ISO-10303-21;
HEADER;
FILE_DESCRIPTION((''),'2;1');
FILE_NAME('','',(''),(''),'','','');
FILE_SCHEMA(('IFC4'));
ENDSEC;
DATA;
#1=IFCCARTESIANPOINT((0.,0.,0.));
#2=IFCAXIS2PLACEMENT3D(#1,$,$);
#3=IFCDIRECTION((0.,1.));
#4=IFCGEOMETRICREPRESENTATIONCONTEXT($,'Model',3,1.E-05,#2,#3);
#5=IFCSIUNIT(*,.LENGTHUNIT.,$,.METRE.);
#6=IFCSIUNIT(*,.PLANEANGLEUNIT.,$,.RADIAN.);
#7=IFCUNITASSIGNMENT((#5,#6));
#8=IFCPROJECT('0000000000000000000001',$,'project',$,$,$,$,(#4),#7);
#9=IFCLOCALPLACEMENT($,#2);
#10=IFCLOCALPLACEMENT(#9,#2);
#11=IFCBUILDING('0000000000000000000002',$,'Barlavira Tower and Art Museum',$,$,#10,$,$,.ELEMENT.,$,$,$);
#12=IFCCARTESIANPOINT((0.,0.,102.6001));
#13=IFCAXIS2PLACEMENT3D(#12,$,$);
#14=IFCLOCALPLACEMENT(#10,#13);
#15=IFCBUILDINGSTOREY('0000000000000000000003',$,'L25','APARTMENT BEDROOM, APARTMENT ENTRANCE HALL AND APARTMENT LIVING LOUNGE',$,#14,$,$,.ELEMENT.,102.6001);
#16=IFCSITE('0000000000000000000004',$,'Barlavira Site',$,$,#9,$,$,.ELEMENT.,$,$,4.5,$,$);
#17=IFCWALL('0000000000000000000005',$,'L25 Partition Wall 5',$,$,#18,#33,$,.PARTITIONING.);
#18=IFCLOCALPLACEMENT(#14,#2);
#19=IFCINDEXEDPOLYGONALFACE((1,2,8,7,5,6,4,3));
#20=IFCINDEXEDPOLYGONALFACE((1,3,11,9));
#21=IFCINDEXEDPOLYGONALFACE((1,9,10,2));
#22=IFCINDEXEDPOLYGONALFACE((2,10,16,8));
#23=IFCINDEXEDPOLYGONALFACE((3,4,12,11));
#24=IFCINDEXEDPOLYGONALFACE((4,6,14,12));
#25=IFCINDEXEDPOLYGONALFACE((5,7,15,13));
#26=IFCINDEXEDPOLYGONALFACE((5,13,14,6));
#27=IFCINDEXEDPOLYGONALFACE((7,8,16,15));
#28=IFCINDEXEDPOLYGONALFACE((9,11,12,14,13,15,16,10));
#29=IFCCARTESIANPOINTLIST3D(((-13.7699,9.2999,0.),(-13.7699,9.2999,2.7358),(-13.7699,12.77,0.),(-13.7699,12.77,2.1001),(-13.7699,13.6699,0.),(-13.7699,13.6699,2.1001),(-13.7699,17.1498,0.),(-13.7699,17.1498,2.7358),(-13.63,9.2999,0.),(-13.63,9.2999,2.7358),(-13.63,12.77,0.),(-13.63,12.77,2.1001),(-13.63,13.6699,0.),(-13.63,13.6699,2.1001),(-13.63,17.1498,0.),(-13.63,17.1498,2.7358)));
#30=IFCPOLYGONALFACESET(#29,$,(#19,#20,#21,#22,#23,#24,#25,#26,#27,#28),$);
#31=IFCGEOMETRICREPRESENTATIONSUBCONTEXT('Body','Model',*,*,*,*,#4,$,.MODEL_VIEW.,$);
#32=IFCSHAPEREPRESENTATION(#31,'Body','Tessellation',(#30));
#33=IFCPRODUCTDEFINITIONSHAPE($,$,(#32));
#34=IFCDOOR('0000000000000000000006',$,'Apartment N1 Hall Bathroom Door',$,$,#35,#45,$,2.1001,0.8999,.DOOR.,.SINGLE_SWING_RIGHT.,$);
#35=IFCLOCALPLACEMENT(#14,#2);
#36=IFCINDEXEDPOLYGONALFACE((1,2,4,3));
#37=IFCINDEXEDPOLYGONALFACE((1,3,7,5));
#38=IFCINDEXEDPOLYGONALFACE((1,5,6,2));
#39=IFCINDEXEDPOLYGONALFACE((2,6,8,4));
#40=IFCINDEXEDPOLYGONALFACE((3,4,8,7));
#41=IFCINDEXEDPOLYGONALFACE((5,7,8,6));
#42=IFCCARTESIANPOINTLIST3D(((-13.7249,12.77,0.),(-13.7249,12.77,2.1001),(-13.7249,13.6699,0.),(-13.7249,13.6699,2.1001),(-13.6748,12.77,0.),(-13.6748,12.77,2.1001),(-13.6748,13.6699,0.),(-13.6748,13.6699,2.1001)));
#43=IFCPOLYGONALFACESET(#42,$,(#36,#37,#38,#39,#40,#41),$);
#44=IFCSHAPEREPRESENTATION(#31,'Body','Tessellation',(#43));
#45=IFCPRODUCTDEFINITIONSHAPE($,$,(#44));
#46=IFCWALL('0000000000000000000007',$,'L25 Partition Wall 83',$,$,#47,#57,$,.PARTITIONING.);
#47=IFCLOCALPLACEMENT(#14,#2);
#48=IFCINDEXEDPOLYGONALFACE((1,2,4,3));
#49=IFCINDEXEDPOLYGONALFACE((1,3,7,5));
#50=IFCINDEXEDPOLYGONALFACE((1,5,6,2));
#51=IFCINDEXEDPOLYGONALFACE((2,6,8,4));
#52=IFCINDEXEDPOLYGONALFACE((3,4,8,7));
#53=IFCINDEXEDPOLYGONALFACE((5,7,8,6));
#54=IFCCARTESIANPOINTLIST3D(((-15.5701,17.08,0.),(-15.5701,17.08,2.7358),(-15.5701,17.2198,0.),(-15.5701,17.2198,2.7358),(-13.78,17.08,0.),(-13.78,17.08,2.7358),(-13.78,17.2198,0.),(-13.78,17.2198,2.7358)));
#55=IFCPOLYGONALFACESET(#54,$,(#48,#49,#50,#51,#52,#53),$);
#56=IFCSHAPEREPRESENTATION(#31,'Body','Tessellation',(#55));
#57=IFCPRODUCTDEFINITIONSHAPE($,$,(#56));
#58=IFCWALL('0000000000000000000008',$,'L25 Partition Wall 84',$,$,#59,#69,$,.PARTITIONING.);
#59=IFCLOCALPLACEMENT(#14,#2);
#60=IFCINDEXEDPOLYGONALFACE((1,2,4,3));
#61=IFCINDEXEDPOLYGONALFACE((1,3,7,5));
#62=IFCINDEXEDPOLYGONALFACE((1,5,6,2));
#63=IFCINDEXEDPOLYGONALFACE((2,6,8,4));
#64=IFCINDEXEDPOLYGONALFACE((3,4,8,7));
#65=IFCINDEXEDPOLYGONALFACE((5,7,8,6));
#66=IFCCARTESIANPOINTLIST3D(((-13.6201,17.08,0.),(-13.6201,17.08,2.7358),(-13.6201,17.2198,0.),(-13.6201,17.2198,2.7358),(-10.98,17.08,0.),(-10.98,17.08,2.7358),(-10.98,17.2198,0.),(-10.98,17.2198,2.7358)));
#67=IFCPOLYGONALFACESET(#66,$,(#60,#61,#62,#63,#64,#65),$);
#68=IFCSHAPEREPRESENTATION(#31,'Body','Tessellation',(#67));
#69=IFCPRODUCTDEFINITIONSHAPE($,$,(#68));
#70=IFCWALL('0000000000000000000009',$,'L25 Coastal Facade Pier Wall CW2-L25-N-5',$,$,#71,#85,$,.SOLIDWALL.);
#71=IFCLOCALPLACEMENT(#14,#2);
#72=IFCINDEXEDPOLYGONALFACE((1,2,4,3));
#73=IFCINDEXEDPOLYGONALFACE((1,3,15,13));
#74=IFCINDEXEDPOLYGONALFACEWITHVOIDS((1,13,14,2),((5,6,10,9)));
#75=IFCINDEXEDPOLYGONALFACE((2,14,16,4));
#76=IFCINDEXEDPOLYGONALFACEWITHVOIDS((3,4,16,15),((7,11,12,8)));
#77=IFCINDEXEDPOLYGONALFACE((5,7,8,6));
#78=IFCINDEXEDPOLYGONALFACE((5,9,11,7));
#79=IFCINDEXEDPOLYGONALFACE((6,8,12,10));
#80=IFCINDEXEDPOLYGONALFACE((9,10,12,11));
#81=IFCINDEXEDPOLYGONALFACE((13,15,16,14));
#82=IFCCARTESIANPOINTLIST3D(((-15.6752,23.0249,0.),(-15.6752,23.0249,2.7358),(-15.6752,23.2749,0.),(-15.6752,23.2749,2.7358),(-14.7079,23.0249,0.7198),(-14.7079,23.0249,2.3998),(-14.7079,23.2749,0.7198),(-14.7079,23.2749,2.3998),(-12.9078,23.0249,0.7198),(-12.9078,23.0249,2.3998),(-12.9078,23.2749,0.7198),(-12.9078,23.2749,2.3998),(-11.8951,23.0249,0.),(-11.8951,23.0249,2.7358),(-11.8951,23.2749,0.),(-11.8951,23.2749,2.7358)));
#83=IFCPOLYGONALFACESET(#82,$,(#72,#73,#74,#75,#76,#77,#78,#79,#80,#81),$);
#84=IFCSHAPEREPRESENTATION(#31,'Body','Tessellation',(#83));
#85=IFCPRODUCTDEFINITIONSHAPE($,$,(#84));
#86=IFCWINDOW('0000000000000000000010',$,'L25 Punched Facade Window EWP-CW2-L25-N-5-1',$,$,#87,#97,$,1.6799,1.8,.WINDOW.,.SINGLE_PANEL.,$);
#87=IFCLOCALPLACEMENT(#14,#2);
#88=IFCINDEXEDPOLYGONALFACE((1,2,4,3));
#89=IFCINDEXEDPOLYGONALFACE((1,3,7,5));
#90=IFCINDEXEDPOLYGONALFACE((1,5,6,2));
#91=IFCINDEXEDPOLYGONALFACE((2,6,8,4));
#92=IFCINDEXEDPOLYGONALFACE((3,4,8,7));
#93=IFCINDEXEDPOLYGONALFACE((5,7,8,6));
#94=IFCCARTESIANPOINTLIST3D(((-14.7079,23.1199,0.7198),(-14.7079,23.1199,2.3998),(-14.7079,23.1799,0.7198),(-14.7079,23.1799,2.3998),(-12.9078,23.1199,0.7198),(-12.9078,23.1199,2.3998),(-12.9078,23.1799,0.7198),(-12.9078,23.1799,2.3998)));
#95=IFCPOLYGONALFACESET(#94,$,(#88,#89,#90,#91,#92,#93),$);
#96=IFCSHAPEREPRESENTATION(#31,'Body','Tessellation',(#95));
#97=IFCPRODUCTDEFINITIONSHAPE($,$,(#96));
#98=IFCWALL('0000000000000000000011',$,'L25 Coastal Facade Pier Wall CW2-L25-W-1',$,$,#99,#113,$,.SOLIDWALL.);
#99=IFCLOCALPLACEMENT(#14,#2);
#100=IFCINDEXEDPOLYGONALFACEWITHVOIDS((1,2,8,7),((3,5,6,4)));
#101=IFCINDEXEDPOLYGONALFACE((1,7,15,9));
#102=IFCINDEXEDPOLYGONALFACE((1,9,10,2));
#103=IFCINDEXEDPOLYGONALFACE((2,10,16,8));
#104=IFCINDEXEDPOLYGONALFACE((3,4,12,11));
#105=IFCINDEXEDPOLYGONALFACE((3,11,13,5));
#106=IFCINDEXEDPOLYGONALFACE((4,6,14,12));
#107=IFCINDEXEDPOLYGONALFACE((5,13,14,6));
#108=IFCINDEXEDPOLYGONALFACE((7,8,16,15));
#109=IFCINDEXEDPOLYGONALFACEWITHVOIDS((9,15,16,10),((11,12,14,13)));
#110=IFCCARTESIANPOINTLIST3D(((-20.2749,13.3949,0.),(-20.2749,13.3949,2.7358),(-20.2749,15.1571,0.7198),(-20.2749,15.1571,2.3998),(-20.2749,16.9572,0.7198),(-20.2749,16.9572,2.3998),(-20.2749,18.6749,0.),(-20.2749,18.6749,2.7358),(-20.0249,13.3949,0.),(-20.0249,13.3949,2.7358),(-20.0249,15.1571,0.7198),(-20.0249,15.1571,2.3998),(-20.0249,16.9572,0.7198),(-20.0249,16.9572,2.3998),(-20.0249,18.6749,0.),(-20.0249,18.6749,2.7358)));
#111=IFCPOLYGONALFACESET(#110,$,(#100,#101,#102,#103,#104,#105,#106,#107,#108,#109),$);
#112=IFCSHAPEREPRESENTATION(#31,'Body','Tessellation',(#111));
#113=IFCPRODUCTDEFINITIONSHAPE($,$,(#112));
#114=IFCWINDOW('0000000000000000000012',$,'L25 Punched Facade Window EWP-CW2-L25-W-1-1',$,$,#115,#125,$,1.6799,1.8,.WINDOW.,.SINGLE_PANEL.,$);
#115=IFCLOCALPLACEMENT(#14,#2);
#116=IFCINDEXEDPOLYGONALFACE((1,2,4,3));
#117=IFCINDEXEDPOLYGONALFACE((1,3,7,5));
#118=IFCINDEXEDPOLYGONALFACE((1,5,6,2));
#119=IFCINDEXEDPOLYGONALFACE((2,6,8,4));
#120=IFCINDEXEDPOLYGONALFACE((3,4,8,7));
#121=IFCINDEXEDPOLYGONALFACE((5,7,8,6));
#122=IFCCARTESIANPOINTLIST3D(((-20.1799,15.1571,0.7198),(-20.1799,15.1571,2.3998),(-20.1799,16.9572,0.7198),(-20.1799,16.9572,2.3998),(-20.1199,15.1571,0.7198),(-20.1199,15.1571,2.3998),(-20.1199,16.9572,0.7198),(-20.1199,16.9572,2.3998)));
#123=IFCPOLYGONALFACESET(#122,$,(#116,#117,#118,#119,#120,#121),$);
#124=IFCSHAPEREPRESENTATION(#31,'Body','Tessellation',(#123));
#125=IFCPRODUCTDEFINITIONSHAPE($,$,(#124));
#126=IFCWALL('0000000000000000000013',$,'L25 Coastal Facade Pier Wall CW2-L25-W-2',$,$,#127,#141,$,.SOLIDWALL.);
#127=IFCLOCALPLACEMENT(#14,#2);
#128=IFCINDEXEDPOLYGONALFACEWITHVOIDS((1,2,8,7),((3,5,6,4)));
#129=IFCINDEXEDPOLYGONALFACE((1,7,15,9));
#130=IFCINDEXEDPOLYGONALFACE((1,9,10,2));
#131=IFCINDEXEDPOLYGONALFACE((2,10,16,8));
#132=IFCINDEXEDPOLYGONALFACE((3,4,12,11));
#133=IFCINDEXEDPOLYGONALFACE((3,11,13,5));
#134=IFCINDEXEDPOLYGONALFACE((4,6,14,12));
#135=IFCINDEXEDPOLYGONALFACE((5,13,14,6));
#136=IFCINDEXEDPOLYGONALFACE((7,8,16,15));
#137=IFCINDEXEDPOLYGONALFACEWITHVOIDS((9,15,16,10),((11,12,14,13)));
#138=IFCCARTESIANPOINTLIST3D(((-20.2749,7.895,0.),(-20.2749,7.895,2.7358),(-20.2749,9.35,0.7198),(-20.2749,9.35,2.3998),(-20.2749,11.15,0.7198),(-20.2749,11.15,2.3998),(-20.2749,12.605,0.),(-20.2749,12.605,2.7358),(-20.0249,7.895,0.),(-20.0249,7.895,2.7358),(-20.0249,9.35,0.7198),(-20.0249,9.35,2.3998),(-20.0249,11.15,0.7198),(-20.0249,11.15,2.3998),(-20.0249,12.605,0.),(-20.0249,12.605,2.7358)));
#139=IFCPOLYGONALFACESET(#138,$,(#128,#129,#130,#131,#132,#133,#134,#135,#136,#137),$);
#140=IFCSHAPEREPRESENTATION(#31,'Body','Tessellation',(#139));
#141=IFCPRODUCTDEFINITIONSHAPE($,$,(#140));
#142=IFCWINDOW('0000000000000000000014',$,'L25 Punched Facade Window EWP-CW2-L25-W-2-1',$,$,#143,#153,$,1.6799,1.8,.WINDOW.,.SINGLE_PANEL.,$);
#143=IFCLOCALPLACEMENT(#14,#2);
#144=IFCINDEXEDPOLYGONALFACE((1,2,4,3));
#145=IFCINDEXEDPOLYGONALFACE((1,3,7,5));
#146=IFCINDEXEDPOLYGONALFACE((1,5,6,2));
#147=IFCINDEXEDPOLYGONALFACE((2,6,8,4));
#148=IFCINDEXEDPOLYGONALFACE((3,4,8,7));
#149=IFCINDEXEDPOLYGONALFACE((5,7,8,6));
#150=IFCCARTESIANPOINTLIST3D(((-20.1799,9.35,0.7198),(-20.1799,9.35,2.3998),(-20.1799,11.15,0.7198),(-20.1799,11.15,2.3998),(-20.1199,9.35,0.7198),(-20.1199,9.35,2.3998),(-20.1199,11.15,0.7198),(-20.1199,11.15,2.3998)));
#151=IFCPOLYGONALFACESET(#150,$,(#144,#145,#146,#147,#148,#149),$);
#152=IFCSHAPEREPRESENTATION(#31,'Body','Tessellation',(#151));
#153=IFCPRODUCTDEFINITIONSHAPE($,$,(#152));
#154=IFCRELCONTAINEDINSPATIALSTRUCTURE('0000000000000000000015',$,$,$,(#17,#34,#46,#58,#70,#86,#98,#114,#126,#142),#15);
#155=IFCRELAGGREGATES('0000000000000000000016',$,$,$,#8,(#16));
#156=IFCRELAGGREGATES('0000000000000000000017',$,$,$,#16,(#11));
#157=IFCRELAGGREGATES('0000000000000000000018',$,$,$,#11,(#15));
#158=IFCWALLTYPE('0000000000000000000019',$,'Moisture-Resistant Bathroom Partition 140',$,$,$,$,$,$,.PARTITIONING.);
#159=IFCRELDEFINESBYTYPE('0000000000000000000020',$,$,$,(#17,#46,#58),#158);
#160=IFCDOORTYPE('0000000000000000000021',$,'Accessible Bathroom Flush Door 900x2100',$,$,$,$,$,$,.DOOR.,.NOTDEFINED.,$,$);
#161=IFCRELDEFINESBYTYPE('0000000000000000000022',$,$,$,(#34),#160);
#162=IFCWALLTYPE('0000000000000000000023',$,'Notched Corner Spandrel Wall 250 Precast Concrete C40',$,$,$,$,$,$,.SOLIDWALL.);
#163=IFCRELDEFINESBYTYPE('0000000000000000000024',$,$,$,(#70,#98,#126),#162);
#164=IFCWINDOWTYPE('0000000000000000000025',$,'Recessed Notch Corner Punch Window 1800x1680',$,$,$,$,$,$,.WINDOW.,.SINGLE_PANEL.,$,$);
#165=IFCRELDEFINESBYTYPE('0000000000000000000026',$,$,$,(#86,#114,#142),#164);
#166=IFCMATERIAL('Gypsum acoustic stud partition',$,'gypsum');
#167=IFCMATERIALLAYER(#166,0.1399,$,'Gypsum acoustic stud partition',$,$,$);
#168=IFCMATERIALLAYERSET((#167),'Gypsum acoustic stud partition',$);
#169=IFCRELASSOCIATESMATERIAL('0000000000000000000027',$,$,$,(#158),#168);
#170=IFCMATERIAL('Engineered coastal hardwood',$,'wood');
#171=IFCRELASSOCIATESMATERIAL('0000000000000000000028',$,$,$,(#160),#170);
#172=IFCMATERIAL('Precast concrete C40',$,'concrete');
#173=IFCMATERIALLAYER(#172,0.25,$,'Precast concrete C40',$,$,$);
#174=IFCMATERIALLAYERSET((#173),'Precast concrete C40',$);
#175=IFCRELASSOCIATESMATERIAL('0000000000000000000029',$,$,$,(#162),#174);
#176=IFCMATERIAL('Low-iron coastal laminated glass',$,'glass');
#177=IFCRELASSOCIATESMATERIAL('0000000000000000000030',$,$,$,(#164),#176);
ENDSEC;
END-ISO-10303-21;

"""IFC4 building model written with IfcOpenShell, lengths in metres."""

from ifc_helpers import new_model, si_unit, direction, frame, frame_2d, origin, place, context, subcontext, project, spatial, rectangle, extrude, material, layer, layer_set, type_object, element, fill, save


model = new_model("IFC4")

# Units and contexts
model_context = context("Model", 3, precision=1e-05, world=origin(), true_north=direction((0.0, 1.0)))
body_context = subcontext(model_context, "Body", "Model", "MODEL_VIEW")
ifc_project = project(units=[si_unit("LENGTHUNIT", "METRE"), si_unit("PLANEANGLEUNIT", "RADIAN")], contexts=[model_context])

# Site, building, storey
site_placement = place(None, origin())
site = spatial("IfcSite", under=ifc_project, at=site_placement, Name="Barlavira Site", CompositionType="ELEMENT", RefElevation=4.5)
building_placement = place(site_placement, origin())
building = spatial("IfcBuilding", under=site, at=building_placement, Name="Barlavira Tower and Art Museum", CompositionType="ELEMENT")
storey_placement = place(building_placement, frame((0.0, 0.0, 102.6001)))
storey = spatial("IfcBuildingStorey", under=building, at=storey_placement, Name="L25", Description="APARTMENT BEDROOM, APARTMENT ENTRANCE HALL AND APARTMENT LIVING LOUNGE", CompositionType="ELEMENT", Elevation=102.6001)

# Shared definitions
ifc_material_1 = material(Name="Gypsum acoustic stud partition", Category="gypsum")

# Wall, opening, door
ifc_layer_1 = layer(ifc_material_1, 0.1399, Name="Gypsum acoustic stud partition")
ifc_layer_set_1 = layer_set([ifc_layer_1], Name="Gypsum acoustic stud partition")
wall_type_1 = type_object("IfcWallType", Name="Moisture-Resistant Bathroom Partition 140", PredefinedType="PARTITIONING", material=ifc_layer_set_1)
wall_1_placement = place(storey_placement, frame((-13.7, 9.3, 0.0), z_axis=(0.0, 0.0, 1.0), x_axis=(0.0, 1.0, 0.0)))
wall_1 = element("IfcWall", 1, at=wall_1_placement, inside=storey, type_object=wall_type_1, Name="L25 Partition Wall 5", PredefinedType="PARTITIONING", context=body_context, shape_type="SweptSolid", body=[
    extrude(rectangle(XDim=7.8499, YDim=0.1399, at=frame_2d((3.9248, 0.0))), origin(), (0.0, 0.0, 1.0), 2.7358),
])
opening_1_placement = place(wall_1_placement, frame((3.47, 0.0, 0.0)))
opening_1 = element("IfcOpeningElement", 2, at=opening_1_placement, cuts=wall_1, PredefinedType="OPENING", context=body_context, shape_type="SweptSolid", body=[
    extrude(rectangle(XDim=0.8999, YDim=2.1001, at=frame_2d((0.45, 1.05))), frame((0.0, 0.0801, 0.0), z_axis=(0.0, -1.0, 0.0), x_axis=(1.0, 0.0, 0.0)), (0.0, 0.0, 1.0), 0.1599),
])
ifc_material_2 = material(Name="Engineered coastal hardwood", Category="wood")
door_type = type_object("IfcDoorType", Name="Accessible Bathroom Flush Door 900x2100", OperationType="NOTDEFINED", PredefinedType="DOOR", material=ifc_material_2)
door_placement = place(opening_1_placement, origin())
door = element("IfcDoor", 3, at=door_placement, inside=storey, type_object=door_type, Name="Apartment N1 Hall Bathroom Door", OperationType="SINGLE_SWING_RIGHT", OverallHeight=2.1001, OverallWidth=0.8999, PredefinedType="DOOR", context=body_context, shape_type="SweptSolid", body=[
    extrude(rectangle(XDim=0.8999, YDim=2.1001, at=frame_2d((0.45, 1.05))), frame((0.0, 0.0249, 0.0), z_axis=(0.0, -1.0, 0.0), x_axis=(1.0, 0.0, 0.0)), (0.0, 0.0, 1.0), 0.05),
])
fill(opening_1, door)

# Walls
wall_2_placement = place(storey_placement, frame((-15.5701, 17.1499, 0.0), z_axis=(0.0, 0.0, 1.0), x_axis=(1.0, 0.0, 0.0)))
element("IfcWall", 4, at=wall_2_placement, inside=storey, type_object=wall_type_1, Name="L25 Partition Wall 83", PredefinedType="PARTITIONING", context=body_context, shape_type="SweptSolid", body=[
    extrude(rectangle(XDim=1.79, YDim=0.1399, at=frame_2d((0.895, 0.0))), origin(), (0.0, 0.0, 1.0), 2.7358),
])
wall_3_placement = place(storey_placement, frame((-13.6201, 17.1499, 0.0), z_axis=(0.0, 0.0, 1.0), x_axis=(1.0, 0.0, 0.0)))
element("IfcWall", 5, at=wall_3_placement, inside=storey, type_object=wall_type_1, Name="L25 Partition Wall 84", PredefinedType="PARTITIONING", context=body_context, shape_type="SweptSolid", body=[
    extrude(rectangle(XDim=2.6401, YDim=0.1399, at=frame_2d((1.3201, 0.0))), origin(), (0.0, 0.0, 1.0), 2.7358),
])

# Walls, openings, windows
ifc_material_3 = material(Name="Precast concrete C40", Category="concrete")
ifc_layer_2 = layer(ifc_material_3, 0.25, Name="Precast concrete C40")
ifc_layer_set_2 = layer_set([ifc_layer_2], Name="Precast concrete C40")
wall_type_2 = type_object("IfcWallType", Name="Notched Corner Spandrel Wall 250 Precast Concrete C40", PredefinedType="SOLIDWALL", material=ifc_layer_set_2)
wall_4_placement = place(storey_placement, frame((-11.895, 23.1499, 0.0), z_axis=(0.0, 0.0, 1.0), x_axis=(-1.0, 0.0, 0.0)))
wall_4 = element("IfcWall", 6, at=wall_4_placement, inside=storey, type_object=wall_type_2, Name="L25 Coastal Facade Pier Wall CW2-L25-N-5", PredefinedType="SOLIDWALL", context=body_context, shape_type="SweptSolid", body=[
    extrude(rectangle(XDim=3.78, YDim=0.25, at=frame_2d((1.8901, 0.0))), origin(), (0.0, 0.0, 1.0), 2.7358),
])
opening_2_placement = place(wall_4_placement, frame((1.0129, 0.0, 0.72)))
opening_2 = element("IfcOpeningElement", 7, at=opening_2_placement, cuts=wall_4, PredefinedType="OPENING", context=body_context, shape_type="SweptSolid", body=[
    extrude(rectangle(XDim=1.8, YDim=1.6799, at=frame_2d((0.8999, 0.8398))), frame((0.0, 0.135, 0.0), z_axis=(0.0, -1.0, 0.0), x_axis=(1.0, 0.0, 0.0)), (0.0, 0.0, 1.0), 0.27),
])
ifc_material_4 = material(Name="Low-iron coastal laminated glass", Category="glass")
window_type = type_object("IfcWindowType", Name="Recessed Notch Corner Punch Window 1800x1680", PartitioningType="SINGLE_PANEL", PredefinedType="WINDOW", material=ifc_material_4)
window_1_placement = place(opening_2_placement, origin())
window_1 = element("IfcWindow", 8, at=window_1_placement, inside=storey, type_object=window_type, Name="L25 Punched Facade Window EWP-CW2-L25-N-5-1", OverallHeight=1.6799, OverallWidth=1.8, PartitioningType="SINGLE_PANEL", PredefinedType="WINDOW", context=body_context, shape_type="SweptSolid", body=[
    extrude(rectangle(XDim=1.8, YDim=1.6799, at=frame_2d((0.8999, 0.8398))), frame((0.0, 0.03, 0.0), z_axis=(0.0, -1.0, 0.0), x_axis=(1.0, 0.0, 0.0)), (0.0, 0.0, 1.0), 0.0601),
])
fill(opening_2, window_1)
wall_5_placement = place(storey_placement, frame((-20.1499, 18.675, 0.0), z_axis=(0.0, 0.0, 1.0), x_axis=(0.0, -1.0, 0.0)))
wall_5 = element("IfcWall", 9, at=wall_5_placement, inside=storey, type_object=wall_type_2, Name="L25 Coastal Facade Pier Wall CW2-L25-W-1", PredefinedType="SOLIDWALL", context=body_context, shape_type="SweptSolid", body=[
    extrude(rectangle(XDim=5.28, YDim=0.25, at=frame_2d((2.6401, 0.0))), origin(), (0.0, 0.0, 1.0), 2.7358),
])
opening_3_placement = place(wall_5_placement, frame((1.718, 0.0, 0.72)))
opening_3 = element("IfcOpeningElement", 10, at=opening_3_placement, cuts=wall_5, PredefinedType="OPENING", context=body_context, shape_type="SweptSolid", body=[
    extrude(rectangle(XDim=1.8, YDim=1.6799, at=frame_2d((0.8999, 0.8398))), frame((0.0, 0.135, 0.0), z_axis=(0.0, -1.0, 0.0), x_axis=(1.0, 0.0, 0.0)), (0.0, 0.0, 1.0), 0.27),
])
window_2_placement = place(opening_3_placement, origin())
window_2 = element("IfcWindow", 11, at=window_2_placement, inside=storey, type_object=window_type, Name="L25 Punched Facade Window EWP-CW2-L25-W-1-1", OverallHeight=1.6799, OverallWidth=1.8, PartitioningType="SINGLE_PANEL", PredefinedType="WINDOW", context=body_context, shape_type="SweptSolid", body=[
    extrude(rectangle(XDim=1.8, YDim=1.6799, at=frame_2d((0.8999, 0.8398))), frame((0.0, 0.03, 0.0), z_axis=(0.0, -1.0, 0.0), x_axis=(1.0, 0.0, 0.0)), (0.0, 0.0, 1.0), 0.0601),
])
fill(opening_3, window_2)
wall_6_placement = place(storey_placement, frame((-20.1499, 12.605, 0.0), z_axis=(0.0, 0.0, 1.0), x_axis=(0.0, -1.0, 0.0)))
wall_6 = element("IfcWall", 12, at=wall_6_placement, inside=storey, type_object=wall_type_2, Name="L25 Coastal Facade Pier Wall CW2-L25-W-2", PredefinedType="SOLIDWALL", context=body_context, shape_type="SweptSolid", body=[
    extrude(rectangle(XDim=4.71, YDim=0.25, at=frame_2d((2.355, 0.0))), origin(), (0.0, 0.0, 1.0), 2.7358),
])
opening_4_placement = place(wall_6_placement, frame((1.4551, 0.0, 0.72)))
opening_4 = element("IfcOpeningElement", 13, at=opening_4_placement, cuts=wall_6, PredefinedType="OPENING", context=body_context, shape_type="SweptSolid", body=[
    extrude(rectangle(XDim=1.8, YDim=1.6799, at=frame_2d((0.8999, 0.8398))), frame((0.0, 0.135, 0.0), z_axis=(0.0, -1.0, 0.0), x_axis=(1.0, 0.0, 0.0)), (0.0, 0.0, 1.0), 0.27),
])
window_3_placement = place(opening_4_placement, origin())
window_3 = element("IfcWindow", 14, at=window_3_placement, inside=storey, type_object=window_type, Name="L25 Punched Facade Window EWP-CW2-L25-W-2-1", OverallHeight=1.6799, OverallWidth=1.8, PartitioningType="SINGLE_PANEL", PredefinedType="WINDOW", context=body_context, shape_type="SweptSolid", body=[
    extrude(rectangle(XDim=1.8, YDim=1.6799, at=frame_2d((0.8999, 0.8398))), frame((0.0, 0.03, 0.0), z_axis=(0.0, -1.0, 0.0), x_axis=(1.0, 0.0, 0.0)), (0.0, 0.0, 1.0), 0.0601),
])
fill(opening_4, window_3)

save(model, "model.ifc")
